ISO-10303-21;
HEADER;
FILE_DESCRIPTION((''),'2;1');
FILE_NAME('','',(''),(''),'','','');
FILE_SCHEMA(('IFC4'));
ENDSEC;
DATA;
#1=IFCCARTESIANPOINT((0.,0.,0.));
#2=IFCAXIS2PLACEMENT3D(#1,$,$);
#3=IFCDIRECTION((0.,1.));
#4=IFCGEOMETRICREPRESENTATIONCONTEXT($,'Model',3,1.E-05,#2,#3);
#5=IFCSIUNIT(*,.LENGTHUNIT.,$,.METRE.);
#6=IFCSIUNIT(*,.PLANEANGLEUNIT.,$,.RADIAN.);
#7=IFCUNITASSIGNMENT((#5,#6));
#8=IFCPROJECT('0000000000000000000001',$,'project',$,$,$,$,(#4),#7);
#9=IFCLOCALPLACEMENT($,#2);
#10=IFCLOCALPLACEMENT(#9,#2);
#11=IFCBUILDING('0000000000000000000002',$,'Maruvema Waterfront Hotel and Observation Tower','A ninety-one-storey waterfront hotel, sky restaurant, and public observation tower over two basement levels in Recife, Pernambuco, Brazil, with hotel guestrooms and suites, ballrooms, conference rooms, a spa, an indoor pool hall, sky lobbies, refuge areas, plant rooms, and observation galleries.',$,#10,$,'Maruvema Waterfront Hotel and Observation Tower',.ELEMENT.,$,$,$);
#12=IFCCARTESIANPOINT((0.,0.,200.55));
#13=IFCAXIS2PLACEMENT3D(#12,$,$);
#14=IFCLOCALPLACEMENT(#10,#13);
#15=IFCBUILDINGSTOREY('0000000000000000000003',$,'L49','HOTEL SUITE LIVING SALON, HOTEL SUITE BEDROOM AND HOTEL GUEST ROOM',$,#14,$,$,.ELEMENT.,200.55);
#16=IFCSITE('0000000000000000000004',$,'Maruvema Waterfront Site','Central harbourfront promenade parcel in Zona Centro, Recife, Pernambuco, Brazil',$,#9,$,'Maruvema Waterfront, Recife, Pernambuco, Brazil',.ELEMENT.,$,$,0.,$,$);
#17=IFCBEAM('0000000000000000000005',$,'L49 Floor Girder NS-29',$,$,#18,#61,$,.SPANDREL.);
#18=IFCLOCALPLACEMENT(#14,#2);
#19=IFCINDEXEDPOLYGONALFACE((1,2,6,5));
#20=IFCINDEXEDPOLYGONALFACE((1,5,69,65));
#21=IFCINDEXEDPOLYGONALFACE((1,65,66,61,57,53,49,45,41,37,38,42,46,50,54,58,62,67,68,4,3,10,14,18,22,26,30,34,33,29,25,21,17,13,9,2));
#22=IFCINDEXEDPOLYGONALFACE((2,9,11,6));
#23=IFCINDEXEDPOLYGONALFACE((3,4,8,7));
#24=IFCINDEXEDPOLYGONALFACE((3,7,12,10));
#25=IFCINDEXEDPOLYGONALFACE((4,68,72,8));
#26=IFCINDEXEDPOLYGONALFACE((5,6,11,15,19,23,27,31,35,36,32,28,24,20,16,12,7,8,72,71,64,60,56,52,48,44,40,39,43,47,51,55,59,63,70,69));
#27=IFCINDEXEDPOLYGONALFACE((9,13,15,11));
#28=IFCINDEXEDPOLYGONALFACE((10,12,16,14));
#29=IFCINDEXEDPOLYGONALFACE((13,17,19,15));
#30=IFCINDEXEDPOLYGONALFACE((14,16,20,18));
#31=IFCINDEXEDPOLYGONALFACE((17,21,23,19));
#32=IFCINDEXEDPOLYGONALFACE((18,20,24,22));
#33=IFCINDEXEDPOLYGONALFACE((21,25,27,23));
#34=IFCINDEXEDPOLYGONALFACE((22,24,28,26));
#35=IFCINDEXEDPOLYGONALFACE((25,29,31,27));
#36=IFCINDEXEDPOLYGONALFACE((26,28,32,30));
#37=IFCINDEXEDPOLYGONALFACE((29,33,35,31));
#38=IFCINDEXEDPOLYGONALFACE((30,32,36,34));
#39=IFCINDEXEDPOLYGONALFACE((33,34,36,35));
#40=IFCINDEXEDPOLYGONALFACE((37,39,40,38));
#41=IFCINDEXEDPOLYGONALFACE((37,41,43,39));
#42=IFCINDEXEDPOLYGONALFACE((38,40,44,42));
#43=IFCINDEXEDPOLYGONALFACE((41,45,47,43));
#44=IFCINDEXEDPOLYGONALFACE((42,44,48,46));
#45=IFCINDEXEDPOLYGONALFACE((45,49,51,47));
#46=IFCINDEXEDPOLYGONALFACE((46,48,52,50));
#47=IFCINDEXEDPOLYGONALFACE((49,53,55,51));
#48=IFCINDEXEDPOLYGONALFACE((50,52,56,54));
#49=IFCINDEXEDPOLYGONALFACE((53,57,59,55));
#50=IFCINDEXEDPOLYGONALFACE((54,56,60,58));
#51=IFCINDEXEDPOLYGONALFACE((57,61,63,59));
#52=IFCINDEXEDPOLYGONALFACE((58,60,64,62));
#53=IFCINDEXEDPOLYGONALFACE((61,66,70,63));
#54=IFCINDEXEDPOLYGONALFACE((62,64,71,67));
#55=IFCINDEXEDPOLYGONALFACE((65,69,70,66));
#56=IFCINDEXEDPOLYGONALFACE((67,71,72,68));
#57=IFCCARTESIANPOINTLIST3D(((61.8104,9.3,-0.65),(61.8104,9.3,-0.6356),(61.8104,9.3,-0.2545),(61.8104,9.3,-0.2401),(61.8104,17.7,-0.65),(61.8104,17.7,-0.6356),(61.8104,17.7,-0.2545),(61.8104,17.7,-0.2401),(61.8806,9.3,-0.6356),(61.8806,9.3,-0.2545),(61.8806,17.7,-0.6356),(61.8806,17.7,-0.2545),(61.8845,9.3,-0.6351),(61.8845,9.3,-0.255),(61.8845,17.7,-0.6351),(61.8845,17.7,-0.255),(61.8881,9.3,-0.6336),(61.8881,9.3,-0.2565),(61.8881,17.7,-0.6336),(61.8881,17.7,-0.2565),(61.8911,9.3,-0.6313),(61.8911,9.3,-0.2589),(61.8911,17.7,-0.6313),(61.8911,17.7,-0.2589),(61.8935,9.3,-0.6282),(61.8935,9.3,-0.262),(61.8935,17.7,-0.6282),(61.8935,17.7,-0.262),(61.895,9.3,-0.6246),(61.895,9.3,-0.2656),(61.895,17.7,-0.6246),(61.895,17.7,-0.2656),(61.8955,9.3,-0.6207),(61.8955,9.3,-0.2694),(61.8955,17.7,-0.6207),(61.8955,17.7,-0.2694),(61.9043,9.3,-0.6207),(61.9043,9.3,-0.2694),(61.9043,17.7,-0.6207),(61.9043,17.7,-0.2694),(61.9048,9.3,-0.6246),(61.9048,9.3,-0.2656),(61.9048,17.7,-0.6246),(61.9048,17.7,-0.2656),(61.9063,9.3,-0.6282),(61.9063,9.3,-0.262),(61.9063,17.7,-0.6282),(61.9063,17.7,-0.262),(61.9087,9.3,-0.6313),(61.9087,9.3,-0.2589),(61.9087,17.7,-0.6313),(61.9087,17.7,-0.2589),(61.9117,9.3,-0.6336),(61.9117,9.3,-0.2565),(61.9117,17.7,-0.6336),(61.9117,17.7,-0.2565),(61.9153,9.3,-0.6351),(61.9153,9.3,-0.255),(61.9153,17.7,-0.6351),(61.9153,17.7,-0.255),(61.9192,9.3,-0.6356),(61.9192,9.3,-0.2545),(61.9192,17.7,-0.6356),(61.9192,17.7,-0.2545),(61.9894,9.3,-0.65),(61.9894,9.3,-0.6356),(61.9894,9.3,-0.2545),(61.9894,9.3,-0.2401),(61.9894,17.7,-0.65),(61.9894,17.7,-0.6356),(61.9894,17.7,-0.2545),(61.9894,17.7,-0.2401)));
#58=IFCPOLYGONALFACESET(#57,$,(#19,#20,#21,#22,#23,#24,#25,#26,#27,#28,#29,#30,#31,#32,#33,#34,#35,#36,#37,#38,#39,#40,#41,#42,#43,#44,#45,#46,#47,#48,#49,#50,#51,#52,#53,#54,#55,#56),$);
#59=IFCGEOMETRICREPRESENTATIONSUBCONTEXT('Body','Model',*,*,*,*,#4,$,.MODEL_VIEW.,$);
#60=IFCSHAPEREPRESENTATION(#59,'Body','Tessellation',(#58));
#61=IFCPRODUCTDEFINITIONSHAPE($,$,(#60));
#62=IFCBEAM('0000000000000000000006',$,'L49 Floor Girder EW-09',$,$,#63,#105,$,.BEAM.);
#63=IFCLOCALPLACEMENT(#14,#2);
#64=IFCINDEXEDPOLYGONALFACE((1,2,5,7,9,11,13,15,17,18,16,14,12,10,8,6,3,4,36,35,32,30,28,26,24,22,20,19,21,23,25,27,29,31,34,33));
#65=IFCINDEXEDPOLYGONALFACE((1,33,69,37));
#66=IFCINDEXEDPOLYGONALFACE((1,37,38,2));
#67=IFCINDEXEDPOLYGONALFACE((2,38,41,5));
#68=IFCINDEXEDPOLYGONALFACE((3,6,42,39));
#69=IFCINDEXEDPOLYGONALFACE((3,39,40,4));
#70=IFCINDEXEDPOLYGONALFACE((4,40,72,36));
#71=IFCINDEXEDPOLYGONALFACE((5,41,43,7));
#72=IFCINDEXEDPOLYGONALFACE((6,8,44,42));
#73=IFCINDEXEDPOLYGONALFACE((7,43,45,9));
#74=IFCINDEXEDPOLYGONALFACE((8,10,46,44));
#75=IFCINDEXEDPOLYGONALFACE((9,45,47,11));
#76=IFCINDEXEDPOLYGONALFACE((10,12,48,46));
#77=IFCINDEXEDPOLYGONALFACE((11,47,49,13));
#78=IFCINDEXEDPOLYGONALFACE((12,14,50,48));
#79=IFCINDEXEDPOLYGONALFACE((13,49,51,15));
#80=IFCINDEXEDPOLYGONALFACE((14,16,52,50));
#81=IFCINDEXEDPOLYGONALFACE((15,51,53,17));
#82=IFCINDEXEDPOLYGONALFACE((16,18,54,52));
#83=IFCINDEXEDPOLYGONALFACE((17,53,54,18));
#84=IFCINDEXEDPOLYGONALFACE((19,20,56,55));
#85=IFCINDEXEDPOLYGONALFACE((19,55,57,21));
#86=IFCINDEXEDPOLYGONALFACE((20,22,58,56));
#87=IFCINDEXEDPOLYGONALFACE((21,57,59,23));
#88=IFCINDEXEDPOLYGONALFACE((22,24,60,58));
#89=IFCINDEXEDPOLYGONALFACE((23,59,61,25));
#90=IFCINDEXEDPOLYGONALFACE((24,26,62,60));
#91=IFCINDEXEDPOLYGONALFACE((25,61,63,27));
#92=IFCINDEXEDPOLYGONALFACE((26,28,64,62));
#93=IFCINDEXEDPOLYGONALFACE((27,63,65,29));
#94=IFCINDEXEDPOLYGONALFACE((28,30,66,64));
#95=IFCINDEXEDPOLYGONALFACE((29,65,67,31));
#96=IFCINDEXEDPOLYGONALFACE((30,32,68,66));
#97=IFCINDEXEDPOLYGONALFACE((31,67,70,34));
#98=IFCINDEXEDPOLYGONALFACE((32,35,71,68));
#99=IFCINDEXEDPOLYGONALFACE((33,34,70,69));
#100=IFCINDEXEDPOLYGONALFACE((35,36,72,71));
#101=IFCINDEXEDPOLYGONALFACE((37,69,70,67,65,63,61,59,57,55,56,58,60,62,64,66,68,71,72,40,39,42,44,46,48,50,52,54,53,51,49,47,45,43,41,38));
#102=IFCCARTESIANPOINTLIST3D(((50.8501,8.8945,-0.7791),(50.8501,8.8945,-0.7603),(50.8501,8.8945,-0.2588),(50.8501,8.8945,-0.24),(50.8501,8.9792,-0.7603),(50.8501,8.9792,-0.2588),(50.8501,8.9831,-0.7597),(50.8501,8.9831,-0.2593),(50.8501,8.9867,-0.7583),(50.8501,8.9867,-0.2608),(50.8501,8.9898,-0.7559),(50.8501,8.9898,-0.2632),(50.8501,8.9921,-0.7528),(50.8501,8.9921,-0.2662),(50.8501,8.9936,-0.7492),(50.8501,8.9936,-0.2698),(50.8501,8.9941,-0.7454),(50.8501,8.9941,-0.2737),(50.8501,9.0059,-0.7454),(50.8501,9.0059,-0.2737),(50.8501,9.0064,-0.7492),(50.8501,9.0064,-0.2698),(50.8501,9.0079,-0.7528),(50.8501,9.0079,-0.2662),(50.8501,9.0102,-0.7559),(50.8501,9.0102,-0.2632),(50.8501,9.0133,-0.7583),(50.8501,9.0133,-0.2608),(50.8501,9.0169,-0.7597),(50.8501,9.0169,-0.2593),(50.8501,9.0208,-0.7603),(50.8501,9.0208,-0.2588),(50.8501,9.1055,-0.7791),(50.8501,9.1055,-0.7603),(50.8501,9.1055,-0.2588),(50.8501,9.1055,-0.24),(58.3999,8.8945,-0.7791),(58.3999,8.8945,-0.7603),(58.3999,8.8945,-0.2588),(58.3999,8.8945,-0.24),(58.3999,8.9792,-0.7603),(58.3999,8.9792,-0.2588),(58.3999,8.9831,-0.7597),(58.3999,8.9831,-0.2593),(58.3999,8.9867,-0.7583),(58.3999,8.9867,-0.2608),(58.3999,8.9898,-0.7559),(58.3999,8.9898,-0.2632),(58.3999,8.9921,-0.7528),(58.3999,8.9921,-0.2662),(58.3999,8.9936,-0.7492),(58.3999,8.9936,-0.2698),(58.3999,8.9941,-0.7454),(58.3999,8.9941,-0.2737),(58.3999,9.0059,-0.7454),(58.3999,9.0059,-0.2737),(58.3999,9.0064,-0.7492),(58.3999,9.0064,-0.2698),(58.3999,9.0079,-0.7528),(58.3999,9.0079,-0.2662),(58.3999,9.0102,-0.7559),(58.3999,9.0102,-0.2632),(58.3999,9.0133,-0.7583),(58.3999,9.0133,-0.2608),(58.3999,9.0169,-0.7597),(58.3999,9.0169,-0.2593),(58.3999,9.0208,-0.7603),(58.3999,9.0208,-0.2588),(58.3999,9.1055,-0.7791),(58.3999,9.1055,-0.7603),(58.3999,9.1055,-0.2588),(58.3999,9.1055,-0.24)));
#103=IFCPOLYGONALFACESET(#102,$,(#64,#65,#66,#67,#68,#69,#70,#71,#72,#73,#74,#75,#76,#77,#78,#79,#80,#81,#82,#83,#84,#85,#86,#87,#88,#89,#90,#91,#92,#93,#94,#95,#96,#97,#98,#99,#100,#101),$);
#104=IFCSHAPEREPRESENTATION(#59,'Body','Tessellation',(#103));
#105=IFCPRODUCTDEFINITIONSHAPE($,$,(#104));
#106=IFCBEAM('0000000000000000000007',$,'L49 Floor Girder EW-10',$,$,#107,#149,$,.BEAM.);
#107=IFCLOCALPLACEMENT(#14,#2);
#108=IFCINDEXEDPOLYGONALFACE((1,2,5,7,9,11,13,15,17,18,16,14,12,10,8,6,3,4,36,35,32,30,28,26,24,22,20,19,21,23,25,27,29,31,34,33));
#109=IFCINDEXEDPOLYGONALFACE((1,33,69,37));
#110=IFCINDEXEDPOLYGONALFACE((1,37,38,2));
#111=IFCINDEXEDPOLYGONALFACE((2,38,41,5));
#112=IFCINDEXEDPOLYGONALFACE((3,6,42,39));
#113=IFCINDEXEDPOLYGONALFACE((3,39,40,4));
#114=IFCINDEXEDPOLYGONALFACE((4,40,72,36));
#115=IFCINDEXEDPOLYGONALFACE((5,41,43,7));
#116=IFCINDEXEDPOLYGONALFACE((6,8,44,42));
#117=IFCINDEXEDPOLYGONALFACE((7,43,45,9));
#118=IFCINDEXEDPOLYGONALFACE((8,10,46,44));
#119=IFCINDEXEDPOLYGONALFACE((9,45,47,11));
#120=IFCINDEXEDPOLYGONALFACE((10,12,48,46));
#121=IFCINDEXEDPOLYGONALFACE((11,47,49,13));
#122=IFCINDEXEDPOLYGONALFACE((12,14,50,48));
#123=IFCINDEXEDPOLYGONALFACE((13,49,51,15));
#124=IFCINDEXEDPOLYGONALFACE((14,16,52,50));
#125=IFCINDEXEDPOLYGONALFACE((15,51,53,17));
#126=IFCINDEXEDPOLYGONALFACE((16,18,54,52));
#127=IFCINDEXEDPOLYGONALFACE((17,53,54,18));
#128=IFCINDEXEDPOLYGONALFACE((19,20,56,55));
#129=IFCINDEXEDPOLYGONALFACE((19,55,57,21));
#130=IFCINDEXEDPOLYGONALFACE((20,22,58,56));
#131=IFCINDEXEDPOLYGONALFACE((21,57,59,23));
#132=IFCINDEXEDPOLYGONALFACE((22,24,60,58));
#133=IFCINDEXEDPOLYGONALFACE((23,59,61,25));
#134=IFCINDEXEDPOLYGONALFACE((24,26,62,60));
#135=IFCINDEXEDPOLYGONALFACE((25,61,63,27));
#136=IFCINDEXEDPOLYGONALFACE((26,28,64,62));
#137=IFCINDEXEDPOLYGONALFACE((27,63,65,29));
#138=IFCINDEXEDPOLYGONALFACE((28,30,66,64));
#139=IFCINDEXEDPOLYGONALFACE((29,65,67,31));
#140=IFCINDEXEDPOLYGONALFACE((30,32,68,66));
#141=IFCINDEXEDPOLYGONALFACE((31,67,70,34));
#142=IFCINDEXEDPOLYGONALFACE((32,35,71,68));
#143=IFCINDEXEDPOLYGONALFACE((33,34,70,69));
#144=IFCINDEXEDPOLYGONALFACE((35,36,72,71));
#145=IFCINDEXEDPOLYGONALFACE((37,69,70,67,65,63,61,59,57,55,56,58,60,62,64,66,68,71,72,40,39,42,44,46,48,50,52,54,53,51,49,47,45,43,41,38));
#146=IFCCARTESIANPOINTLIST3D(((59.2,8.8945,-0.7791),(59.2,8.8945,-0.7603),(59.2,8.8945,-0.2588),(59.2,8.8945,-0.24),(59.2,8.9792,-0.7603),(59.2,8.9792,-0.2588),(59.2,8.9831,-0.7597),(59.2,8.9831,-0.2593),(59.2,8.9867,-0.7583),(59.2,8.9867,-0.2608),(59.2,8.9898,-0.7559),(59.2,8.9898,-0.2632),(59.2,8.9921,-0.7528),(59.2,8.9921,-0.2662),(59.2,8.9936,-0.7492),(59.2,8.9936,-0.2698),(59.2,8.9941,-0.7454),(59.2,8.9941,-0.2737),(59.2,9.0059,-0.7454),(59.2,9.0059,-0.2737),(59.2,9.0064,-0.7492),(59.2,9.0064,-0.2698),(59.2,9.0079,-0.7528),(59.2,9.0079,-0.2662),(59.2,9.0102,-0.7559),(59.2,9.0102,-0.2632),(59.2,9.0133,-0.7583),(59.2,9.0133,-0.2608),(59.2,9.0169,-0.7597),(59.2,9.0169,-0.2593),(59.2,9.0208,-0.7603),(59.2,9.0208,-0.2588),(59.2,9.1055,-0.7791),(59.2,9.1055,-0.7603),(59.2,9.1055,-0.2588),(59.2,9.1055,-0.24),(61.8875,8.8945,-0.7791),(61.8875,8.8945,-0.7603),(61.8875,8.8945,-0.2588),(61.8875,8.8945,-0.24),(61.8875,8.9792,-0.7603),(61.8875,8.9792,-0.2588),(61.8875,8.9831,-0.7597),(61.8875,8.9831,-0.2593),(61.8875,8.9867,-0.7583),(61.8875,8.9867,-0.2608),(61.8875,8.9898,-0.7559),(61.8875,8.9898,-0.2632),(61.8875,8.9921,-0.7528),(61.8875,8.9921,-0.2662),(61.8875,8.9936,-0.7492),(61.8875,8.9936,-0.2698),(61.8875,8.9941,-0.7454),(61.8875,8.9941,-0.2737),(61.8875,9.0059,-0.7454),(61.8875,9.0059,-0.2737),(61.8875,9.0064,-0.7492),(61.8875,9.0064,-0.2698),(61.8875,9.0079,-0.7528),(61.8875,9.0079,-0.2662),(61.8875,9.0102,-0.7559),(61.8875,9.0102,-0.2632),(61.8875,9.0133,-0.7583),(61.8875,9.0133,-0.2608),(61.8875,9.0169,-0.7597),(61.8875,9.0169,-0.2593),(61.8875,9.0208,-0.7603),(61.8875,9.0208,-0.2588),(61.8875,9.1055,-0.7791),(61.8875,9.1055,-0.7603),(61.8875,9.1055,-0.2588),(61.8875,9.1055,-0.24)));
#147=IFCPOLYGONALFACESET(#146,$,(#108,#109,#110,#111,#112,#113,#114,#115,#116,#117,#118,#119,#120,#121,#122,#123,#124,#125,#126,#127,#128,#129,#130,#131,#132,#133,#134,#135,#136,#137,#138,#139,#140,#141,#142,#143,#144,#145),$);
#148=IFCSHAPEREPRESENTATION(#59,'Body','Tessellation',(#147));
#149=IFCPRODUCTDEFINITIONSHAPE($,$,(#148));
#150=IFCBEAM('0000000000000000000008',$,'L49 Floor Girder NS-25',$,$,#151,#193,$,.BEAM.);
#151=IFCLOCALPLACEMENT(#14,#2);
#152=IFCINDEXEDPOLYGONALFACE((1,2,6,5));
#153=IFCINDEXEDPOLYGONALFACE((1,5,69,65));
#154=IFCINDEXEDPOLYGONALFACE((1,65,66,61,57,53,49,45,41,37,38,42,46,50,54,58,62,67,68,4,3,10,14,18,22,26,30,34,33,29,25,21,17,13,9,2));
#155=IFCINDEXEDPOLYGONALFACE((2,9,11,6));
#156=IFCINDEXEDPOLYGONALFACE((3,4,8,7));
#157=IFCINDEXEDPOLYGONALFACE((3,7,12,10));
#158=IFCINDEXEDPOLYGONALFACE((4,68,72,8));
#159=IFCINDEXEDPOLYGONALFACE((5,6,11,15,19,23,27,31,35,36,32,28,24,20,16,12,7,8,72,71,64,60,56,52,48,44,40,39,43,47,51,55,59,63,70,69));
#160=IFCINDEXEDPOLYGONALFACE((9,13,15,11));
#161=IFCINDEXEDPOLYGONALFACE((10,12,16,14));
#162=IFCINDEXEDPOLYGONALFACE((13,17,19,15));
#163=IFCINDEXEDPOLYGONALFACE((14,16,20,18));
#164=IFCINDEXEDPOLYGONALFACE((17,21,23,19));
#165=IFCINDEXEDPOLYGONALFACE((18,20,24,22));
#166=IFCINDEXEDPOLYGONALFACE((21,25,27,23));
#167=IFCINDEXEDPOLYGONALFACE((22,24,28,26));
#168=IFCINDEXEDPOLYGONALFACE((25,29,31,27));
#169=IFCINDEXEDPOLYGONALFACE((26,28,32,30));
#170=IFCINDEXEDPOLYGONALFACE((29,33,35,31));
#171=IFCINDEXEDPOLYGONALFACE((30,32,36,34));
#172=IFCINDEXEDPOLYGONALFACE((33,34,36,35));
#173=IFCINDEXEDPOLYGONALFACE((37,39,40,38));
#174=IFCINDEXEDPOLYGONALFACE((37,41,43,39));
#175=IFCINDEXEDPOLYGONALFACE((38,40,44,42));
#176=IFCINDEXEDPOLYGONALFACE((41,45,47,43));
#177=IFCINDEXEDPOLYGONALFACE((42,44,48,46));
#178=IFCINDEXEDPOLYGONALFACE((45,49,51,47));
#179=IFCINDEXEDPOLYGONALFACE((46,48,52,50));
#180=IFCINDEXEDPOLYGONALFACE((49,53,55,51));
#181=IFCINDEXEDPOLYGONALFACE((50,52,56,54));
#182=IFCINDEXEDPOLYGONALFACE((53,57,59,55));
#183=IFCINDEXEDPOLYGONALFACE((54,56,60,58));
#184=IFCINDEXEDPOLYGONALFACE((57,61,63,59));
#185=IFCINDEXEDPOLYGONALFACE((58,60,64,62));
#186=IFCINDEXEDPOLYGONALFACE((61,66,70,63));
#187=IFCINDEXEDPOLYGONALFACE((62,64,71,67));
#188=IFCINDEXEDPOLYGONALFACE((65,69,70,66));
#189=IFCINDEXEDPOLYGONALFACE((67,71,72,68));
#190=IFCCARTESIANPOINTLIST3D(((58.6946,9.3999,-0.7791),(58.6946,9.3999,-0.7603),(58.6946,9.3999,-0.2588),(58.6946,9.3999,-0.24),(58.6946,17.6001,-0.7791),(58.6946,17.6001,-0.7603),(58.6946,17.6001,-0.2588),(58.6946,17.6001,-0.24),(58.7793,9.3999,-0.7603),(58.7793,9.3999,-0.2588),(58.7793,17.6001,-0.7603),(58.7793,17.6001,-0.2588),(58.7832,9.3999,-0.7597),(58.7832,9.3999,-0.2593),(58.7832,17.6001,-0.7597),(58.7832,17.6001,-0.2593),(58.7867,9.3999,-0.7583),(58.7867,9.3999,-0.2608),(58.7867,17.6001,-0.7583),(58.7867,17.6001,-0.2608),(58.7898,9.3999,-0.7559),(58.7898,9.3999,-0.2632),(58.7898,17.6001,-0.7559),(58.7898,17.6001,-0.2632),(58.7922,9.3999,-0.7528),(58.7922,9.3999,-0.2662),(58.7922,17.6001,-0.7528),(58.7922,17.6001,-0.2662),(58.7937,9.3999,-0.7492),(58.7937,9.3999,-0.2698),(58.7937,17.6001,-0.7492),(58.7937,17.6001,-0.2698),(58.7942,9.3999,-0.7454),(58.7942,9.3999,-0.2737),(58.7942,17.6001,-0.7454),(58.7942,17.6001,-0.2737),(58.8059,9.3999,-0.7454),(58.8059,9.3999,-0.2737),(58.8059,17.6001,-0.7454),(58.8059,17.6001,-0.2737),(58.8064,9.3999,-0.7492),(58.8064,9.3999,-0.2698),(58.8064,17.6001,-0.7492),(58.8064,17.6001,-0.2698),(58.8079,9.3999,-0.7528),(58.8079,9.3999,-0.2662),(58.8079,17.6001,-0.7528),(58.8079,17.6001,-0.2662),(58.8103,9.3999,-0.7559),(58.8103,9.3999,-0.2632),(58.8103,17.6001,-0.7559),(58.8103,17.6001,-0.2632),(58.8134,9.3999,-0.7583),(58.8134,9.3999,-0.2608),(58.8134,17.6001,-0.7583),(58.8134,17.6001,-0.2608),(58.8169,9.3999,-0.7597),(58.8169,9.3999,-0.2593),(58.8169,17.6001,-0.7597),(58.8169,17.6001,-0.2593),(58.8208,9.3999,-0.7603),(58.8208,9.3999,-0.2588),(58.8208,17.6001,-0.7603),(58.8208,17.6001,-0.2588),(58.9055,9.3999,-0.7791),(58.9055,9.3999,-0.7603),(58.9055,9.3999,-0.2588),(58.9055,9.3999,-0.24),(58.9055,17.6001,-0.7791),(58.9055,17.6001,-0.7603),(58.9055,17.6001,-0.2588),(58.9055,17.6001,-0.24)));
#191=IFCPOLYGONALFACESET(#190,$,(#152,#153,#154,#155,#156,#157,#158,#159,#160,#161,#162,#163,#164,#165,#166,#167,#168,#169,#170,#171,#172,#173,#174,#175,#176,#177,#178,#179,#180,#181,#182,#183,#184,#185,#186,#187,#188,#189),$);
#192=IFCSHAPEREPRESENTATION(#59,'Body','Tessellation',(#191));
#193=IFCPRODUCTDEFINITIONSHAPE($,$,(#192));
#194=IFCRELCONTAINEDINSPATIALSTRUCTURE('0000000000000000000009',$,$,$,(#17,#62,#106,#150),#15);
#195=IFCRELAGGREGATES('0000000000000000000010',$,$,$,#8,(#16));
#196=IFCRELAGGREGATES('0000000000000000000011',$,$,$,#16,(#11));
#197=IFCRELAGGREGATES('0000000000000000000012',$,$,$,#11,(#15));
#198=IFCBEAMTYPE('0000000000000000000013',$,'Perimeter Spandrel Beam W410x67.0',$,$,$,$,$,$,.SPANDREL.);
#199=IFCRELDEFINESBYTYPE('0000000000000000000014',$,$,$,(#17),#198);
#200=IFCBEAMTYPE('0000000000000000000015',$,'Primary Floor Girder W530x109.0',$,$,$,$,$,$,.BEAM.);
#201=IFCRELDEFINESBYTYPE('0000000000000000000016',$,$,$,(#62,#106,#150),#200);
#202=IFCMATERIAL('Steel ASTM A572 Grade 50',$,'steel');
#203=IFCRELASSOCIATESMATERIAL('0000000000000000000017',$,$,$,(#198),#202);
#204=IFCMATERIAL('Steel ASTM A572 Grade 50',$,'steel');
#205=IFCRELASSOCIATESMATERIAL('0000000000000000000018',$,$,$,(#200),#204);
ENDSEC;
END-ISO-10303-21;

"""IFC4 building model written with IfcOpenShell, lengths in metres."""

from ifc_helpers import new_model, si_unit, direction, frame, origin, origin_2d, place, context, subcontext, project, spatial, i_section, extrude, material, material_profile, profile_set, type_object, element, save


model = new_model("IFC4")

# Units and contexts
model_context = context("Model", 3, precision=1e-05, world=origin(), true_north=direction((0.0, 1.0)))
body_context = subcontext(model_context, "Body", "Model", "MODEL_VIEW")
ifc_project = project(units=[si_unit("LENGTHUNIT", "METRE"), si_unit("PLANEANGLEUNIT", "RADIAN")], contexts=[model_context])

# Site, building, storey
site_placement = place(None, origin())
site = spatial("IfcSite", under=ifc_project, at=site_placement, Name="Maruvema Waterfront Site", Description="Central harbourfront promenade parcel in Zona Centro, Recife, Pernambuco, Brazil", LongName="Maruvema Waterfront, Recife, Pernambuco, Brazil", CompositionType="ELEMENT", RefElevation=0.0)
building_placement = place(site_placement, origin())
building = spatial("IfcBuilding", under=site, at=building_placement, Name="Maruvema Waterfront Hotel and Observation Tower", Description="A ninety-one-storey waterfront hotel, sky restaurant, and public observation tower over two basement levels in Recife, Pernambuco, Brazil, with hotel guestrooms and suites, ballrooms, conference rooms, a spa, an indoor pool hall, sky lobbies, refuge areas, plant rooms, and observation galleries.", LongName="Maruvema Waterfront Hotel and Observation Tower", CompositionType="ELEMENT")
storey_placement = place(building_placement, frame((0.0, 0.0, 200.55)))
storey = spatial("IfcBuildingStorey", under=building, at=storey_placement, Name="L49", Description="HOTEL SUITE LIVING SALON, HOTEL SUITE BEDROOM AND HOTEL GUEST ROOM", CompositionType="ELEMENT", Elevation=200.55)

# Beams
ifc_material_1 = material(Name="Steel ASTM A572 Grade 50", Category="steel")
ifc_material_profile_1 = material_profile(ifc_material_1, i_section(OverallWidth=0.179, OverallDepth=0.4099, WebThickness=0.0088, FlangeThickness=0.0144, FilletRadius=0.0149, at=origin_2d()), Name="W410x67.0")
ifc_profile_set_1 = profile_set([ifc_material_profile_1], Name="Steel ASTM A572 Grade 50")
beam_type_1 = type_object("IfcBeamType", Name="Perimeter Spandrel Beam W410x67.0", PredefinedType="SPANDREL", material=ifc_profile_set_1)
beam_1_placement = place(storey_placement, frame((61.8999, 9.3, -0.4451), z_axis=(0.0, 1.0, 0.0), x_axis=(-1.0, 0.0, 0.0)))
element("IfcBeam", 1, at=beam_1_placement, inside=storey, type_object=beam_type_1, Name="L49 Floor Girder NS-29", PredefinedType="SPANDREL", context=body_context, shape_type="SweptSolid", body=[
    extrude(i_section(OverallWidth=0.179, OverallDepth=0.4099, WebThickness=0.0088, FlangeThickness=0.0144, FilletRadius=0.0149, at=origin_2d()), origin(), (0.0, 0.0, 1.0), 8.3999),
])
ifc_material_2 = material(Name="Steel ASTM A572 Grade 50", Category="steel")
ifc_material_profile_2 = material_profile(ifc_material_2, i_section(OverallWidth=0.2109, OverallDepth=0.5391, WebThickness=0.0117, FlangeThickness=0.0188, FilletRadius=0.0149, at=origin_2d()), Name="W530x109.0")
ifc_profile_set_2 = profile_set([ifc_material_profile_2], Name="Steel ASTM A572 Grade 50")
beam_type_2 = type_object("IfcBeamType", Name="Primary Floor Girder W530x109.0", PredefinedType="BEAM", material=ifc_profile_set_2)
beam_2_placement = place(storey_placement, frame((50.8501, 9.0, -0.5095), z_axis=(1.0, 0.0, 0.0), x_axis=(0.0, 1.0, 0.0)))
element("IfcBeam", 2, at=beam_2_placement, inside=storey, type_object=beam_type_2, Name="L49 Floor Girder EW-09", PredefinedType="BEAM", context=body_context, shape_type="SweptSolid", body=[
    extrude(i_section(OverallWidth=0.2109, OverallDepth=0.5391, WebThickness=0.0117, FlangeThickness=0.0188, FilletRadius=0.0149, at=origin_2d()), origin(), (0.0, 0.0, 1.0), 7.5498),
])
beam_3_placement = place(storey_placement, frame((59.2, 9.0, -0.5095), z_axis=(1.0, 0.0, 0.0), x_axis=(0.0, 1.0, 0.0)))
element("IfcBeam", 3, at=beam_3_placement, inside=storey, type_object=beam_type_2, Name="L49 Floor Girder EW-10", PredefinedType="BEAM", context=body_context, shape_type="SweptSolid", body=[
    extrude(i_section(OverallWidth=0.2109, OverallDepth=0.5391, WebThickness=0.0117, FlangeThickness=0.0188, FilletRadius=0.0149, at=origin_2d()), origin(), (0.0, 0.0, 1.0), 2.6875),
])
beam_4_placement = place(storey_placement, frame((58.8, 9.3999, -0.5095), z_axis=(0.0, 1.0, 0.0), x_axis=(-1.0, 0.0, 0.0)))
element("IfcBeam", 4, at=beam_4_placement, inside=storey, type_object=beam_type_2, Name="L49 Floor Girder NS-25", PredefinedType="BEAM", context=body_context, shape_type="SweptSolid", body=[
    extrude(i_section(OverallWidth=0.2109, OverallDepth=0.5391, WebThickness=0.0117, FlangeThickness=0.0188, FilletRadius=0.0149, at=origin_2d()), origin(), (0.0, 0.0, 1.0), 8.2002),
])

save(model, "model.ifc")
